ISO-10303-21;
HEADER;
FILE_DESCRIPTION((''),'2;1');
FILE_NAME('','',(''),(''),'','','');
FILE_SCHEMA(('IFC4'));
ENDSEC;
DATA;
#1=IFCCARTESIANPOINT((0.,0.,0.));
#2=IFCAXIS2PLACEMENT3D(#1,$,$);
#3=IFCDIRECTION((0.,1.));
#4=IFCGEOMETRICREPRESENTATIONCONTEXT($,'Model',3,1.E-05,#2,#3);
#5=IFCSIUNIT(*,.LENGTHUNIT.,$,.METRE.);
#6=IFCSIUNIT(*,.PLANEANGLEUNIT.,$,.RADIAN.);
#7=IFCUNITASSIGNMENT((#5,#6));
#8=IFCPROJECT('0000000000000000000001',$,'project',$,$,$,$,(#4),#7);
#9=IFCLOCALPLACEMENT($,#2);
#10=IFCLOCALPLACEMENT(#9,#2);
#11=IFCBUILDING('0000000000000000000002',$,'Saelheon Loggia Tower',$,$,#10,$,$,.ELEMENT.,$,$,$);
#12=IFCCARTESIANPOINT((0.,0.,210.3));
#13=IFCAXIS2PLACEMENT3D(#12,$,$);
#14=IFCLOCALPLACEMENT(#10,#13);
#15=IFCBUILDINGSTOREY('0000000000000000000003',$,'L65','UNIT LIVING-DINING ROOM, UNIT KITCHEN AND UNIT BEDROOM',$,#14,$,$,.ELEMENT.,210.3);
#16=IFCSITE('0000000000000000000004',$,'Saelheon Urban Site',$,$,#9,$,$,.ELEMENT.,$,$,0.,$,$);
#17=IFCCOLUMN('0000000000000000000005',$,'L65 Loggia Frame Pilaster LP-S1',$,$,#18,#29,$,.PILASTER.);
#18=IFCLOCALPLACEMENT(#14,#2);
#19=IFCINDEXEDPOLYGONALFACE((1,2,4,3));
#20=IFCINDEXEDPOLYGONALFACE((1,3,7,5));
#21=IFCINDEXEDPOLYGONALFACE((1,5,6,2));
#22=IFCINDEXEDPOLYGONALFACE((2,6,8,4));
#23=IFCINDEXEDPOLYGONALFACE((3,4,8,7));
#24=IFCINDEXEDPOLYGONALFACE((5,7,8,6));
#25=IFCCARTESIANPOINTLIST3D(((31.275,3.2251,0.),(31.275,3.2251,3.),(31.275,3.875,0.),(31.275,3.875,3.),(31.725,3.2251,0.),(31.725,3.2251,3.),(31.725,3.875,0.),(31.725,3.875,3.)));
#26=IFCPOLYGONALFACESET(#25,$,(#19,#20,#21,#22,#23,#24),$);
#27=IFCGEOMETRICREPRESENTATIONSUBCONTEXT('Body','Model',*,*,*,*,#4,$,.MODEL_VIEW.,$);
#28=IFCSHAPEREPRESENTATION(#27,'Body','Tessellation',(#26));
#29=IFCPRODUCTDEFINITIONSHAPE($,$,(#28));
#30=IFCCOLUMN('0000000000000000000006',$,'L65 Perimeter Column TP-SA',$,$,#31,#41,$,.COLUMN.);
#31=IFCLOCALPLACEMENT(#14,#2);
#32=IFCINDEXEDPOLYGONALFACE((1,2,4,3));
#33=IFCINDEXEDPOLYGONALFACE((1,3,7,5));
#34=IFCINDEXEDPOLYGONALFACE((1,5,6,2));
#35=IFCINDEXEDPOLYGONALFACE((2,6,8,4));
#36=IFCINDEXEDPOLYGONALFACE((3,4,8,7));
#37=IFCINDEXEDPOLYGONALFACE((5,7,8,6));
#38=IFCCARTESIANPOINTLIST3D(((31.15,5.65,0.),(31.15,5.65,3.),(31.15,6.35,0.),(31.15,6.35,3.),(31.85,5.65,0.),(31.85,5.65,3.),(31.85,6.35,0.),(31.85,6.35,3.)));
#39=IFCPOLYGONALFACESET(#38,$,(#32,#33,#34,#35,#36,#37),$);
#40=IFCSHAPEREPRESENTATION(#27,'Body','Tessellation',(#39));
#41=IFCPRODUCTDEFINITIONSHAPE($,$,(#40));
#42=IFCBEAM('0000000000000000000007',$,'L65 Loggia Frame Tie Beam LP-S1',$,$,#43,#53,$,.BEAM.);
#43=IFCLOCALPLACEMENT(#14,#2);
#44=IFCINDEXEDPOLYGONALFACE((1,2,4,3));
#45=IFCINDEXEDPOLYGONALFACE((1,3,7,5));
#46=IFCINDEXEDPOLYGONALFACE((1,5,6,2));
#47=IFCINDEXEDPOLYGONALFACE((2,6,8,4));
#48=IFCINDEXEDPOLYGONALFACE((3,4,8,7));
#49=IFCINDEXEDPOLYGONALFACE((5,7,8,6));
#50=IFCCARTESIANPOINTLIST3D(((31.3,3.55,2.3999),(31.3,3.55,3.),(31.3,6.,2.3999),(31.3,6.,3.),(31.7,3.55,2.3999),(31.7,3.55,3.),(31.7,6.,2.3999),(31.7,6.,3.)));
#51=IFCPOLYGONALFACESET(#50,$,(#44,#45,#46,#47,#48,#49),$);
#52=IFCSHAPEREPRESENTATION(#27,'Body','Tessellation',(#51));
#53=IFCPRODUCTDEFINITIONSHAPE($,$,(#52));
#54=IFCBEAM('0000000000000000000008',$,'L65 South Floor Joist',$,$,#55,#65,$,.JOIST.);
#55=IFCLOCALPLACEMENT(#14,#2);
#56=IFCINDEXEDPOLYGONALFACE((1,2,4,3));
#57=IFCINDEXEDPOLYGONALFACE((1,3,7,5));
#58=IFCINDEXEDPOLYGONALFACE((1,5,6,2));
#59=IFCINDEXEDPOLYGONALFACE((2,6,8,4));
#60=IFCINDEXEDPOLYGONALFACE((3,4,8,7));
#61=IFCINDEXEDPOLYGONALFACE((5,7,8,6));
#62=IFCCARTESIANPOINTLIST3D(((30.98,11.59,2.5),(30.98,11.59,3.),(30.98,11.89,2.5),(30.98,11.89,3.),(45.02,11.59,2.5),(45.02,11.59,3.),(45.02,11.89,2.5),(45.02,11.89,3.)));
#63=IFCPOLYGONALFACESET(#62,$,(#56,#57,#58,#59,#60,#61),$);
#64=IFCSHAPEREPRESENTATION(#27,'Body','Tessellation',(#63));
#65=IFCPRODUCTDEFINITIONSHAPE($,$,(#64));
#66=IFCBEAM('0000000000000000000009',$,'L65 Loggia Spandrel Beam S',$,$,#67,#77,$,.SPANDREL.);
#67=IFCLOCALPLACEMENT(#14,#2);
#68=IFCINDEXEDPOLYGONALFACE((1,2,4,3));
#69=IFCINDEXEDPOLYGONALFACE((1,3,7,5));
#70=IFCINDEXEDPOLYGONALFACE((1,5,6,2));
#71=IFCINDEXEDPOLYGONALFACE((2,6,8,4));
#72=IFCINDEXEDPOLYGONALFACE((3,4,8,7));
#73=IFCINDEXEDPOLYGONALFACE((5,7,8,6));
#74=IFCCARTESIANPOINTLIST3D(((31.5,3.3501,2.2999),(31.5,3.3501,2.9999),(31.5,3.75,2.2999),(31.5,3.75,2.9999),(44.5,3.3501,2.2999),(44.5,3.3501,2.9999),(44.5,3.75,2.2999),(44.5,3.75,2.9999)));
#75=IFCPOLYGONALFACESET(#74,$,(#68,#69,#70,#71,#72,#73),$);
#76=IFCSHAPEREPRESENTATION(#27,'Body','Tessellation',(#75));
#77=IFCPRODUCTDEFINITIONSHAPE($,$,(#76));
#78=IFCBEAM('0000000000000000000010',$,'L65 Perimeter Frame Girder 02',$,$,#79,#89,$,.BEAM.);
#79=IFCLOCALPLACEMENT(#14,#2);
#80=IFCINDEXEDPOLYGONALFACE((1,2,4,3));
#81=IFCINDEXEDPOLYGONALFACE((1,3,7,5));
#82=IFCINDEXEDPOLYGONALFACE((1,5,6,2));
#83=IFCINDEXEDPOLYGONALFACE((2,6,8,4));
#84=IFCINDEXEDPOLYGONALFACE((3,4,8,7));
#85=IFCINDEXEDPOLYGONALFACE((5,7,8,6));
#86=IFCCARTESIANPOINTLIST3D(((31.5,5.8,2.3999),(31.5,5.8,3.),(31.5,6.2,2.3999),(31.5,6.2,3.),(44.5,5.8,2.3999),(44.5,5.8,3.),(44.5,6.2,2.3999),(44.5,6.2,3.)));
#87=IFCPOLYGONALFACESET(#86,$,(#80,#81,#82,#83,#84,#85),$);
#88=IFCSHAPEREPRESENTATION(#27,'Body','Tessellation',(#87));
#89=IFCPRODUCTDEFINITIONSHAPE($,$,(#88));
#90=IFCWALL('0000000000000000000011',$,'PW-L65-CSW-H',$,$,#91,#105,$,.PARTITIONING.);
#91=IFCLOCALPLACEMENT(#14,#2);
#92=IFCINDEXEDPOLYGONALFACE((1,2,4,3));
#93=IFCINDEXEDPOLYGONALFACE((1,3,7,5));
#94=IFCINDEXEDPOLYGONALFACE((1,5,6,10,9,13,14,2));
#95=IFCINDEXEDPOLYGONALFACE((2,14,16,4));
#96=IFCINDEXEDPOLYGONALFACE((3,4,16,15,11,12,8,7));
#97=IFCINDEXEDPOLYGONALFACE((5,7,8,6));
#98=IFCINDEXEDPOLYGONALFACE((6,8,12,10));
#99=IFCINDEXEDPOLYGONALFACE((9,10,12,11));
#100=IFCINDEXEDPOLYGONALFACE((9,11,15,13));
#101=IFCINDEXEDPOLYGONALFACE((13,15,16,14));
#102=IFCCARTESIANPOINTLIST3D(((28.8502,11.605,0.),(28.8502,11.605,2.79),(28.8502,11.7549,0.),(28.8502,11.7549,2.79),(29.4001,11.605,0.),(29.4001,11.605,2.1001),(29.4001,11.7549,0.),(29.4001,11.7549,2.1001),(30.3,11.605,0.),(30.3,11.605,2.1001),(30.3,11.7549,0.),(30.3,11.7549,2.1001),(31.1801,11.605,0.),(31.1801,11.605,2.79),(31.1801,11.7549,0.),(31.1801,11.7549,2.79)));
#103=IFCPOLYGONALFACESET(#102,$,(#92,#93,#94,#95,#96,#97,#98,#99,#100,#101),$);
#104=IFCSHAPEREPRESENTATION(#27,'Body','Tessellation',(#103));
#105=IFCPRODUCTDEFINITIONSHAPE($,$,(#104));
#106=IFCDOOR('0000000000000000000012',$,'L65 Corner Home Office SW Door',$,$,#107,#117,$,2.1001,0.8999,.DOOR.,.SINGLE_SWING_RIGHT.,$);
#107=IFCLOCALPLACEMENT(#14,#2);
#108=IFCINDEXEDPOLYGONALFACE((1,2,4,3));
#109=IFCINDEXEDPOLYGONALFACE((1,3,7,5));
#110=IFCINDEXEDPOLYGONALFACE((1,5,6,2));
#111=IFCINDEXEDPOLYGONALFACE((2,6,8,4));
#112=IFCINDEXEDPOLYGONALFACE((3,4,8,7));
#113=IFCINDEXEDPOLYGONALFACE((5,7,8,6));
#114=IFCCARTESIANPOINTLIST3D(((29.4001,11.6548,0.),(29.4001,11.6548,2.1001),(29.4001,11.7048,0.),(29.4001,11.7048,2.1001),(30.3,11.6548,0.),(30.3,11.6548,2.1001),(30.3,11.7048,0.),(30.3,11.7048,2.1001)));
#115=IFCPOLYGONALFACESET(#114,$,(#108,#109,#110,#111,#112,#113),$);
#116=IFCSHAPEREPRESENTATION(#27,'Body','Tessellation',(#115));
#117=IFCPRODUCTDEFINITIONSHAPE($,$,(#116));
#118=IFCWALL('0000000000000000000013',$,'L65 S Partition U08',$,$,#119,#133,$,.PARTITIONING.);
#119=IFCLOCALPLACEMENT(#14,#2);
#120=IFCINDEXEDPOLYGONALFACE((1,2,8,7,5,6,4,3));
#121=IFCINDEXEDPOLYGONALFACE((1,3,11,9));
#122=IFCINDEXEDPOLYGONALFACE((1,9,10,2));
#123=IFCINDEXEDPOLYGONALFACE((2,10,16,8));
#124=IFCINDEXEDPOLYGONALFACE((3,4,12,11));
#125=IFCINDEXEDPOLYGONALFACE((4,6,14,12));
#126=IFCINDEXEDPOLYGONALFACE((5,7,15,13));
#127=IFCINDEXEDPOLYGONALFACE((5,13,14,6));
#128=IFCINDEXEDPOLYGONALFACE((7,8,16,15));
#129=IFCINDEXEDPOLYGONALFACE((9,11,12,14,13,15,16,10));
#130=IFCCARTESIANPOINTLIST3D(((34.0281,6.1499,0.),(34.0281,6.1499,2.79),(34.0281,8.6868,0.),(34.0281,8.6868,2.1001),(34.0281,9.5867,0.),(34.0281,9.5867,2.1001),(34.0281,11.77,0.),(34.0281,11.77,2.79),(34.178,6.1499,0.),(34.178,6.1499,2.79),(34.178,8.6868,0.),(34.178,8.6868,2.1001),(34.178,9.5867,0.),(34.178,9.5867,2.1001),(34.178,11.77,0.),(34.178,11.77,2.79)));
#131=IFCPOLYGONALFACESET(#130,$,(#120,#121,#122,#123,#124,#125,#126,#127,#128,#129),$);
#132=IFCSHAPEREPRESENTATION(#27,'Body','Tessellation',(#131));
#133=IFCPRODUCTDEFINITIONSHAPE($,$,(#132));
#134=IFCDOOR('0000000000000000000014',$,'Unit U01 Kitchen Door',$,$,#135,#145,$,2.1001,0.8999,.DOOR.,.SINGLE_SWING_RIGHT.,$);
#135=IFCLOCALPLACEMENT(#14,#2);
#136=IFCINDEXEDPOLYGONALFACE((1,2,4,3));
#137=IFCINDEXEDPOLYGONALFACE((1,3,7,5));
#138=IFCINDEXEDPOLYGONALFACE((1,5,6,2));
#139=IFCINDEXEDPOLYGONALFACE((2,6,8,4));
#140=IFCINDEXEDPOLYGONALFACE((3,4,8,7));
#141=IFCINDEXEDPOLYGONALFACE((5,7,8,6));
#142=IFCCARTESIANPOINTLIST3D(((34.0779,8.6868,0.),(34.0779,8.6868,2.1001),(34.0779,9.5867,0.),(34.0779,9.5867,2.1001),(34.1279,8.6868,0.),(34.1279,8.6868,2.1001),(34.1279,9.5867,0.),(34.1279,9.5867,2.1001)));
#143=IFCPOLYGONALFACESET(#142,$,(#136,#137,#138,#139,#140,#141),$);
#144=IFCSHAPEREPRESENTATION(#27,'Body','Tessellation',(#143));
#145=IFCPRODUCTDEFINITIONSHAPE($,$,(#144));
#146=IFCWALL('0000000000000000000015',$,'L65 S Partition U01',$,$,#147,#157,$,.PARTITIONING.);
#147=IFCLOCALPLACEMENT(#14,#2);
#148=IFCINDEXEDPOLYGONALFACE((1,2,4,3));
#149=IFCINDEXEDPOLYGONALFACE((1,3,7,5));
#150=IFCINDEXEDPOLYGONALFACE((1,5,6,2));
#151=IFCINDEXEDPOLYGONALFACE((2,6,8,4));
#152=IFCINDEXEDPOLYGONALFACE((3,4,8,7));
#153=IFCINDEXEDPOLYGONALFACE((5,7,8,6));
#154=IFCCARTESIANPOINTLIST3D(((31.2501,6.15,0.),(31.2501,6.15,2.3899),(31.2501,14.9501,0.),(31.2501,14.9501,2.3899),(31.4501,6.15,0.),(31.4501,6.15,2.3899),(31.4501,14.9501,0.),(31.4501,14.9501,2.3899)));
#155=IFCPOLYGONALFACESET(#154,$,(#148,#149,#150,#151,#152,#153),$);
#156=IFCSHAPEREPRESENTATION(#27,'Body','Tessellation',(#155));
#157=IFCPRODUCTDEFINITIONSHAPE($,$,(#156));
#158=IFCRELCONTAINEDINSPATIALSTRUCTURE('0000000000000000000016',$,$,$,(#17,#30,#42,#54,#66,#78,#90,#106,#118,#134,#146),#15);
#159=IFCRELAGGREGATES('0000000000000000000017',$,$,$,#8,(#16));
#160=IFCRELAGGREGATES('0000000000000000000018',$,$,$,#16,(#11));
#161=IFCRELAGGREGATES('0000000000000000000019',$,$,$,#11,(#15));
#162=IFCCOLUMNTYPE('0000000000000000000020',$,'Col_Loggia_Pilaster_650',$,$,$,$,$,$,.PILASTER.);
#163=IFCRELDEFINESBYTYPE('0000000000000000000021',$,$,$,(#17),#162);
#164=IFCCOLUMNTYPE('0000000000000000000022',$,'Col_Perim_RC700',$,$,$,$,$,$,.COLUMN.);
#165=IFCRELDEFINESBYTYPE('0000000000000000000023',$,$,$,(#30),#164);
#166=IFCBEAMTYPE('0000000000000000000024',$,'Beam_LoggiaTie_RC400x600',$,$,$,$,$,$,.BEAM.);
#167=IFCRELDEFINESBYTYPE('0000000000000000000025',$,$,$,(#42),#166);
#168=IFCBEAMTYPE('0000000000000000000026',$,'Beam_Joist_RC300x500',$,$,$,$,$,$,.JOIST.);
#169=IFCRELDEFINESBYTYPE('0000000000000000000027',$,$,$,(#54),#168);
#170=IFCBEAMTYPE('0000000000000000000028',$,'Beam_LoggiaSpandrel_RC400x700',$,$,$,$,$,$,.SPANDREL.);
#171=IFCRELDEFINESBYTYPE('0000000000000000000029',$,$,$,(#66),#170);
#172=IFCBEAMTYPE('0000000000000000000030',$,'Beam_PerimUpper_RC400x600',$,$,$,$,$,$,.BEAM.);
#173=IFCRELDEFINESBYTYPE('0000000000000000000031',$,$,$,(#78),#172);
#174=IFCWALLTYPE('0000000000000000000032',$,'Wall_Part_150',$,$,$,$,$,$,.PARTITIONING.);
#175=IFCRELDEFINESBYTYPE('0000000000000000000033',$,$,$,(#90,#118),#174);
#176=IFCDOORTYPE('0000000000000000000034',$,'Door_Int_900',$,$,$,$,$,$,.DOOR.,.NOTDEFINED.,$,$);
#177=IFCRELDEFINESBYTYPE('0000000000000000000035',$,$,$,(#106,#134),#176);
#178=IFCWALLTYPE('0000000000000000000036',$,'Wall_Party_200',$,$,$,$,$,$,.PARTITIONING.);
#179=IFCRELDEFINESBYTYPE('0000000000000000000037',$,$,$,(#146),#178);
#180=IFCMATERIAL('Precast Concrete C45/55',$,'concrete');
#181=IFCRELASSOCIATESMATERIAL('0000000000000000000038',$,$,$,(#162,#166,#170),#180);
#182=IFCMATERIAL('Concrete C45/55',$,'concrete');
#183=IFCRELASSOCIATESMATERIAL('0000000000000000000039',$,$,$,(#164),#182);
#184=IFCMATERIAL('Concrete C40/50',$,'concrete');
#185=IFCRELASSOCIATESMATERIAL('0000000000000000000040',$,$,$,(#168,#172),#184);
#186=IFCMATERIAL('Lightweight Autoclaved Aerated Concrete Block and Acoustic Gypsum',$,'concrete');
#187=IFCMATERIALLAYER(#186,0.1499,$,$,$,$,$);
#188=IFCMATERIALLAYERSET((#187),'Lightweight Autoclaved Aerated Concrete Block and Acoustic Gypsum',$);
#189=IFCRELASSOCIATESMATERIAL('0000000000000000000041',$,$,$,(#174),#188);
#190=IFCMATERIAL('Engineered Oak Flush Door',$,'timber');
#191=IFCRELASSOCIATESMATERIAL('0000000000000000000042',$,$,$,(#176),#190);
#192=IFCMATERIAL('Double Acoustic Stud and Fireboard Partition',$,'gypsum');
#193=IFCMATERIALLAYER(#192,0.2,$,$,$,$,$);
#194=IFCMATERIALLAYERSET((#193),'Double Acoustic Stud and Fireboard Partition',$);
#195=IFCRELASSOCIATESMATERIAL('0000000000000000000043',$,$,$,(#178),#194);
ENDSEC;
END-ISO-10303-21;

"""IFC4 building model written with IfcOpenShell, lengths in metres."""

from ifc_helpers import new_model, si_unit, direction, frame, frame_2d, origin, origin_2d, place, context, subcontext, project, spatial, rectangle, extrude, source, transform, mapped, material, layer, layer_set, material_profile, profile_set, type_object, element, fill, save


model = new_model("IFC4")

# Units and contexts
model_context = context("Model", 3, precision=1e-05, world=origin(), true_north=direction((0.0, 1.0)))
body_context = subcontext(model_context, "Body", "Model", "MODEL_VIEW")
ifc_project = project(units=[si_unit("LENGTHUNIT", "METRE"), si_unit("PLANEANGLEUNIT", "RADIAN")], contexts=[model_context])

# Site, building, storey
site_placement = place(None, origin())
site = spatial("IfcSite", under=ifc_project, at=site_placement, Name="Saelheon Urban Site", CompositionType="ELEMENT", RefElevation=0.0)
building_placement = place(site_placement, origin())
building = spatial("IfcBuilding", under=site, at=building_placement, Name="Saelheon Loggia Tower", CompositionType="ELEMENT")
storey_placement = place(building_placement, frame((0.0, 0.0, 210.3)))
storey = spatial("IfcBuildingStorey", under=building, at=storey_placement, Name="L65", Description="UNIT LIVING-DINING ROOM, UNIT KITCHEN AND UNIT BEDROOM", CompositionType="ELEMENT", Elevation=210.3)

# Columns
ifc_material_1 = material(Name="Precast Concrete C45/55", Category="concrete")
ifc_material_profile_1 = material_profile(ifc_material_1, rectangle(XDim=0.45, YDim=0.6499, at=origin_2d()), Name="RC-450x650")
ifc_profile_set_1 = profile_set([ifc_material_profile_1], Name="Precast Concrete C45/55")
column_type_1 = type_object("IfcColumnType", Name="Col_Loggia_Pilaster_650", PredefinedType="PILASTER", material=ifc_profile_set_1)
shared_shape_1 = source(origin(), body_context, "Body", "SweptSolid", [
    extrude(rectangle(XDim=0.45, YDim=0.6499, at=origin_2d()), origin(), (0.0, 0.0, 1.0), 3.0),
])
column_1_placement = place(storey_placement, frame((31.5, 3.55, 0.0), z_axis=(0.0, 0.0, 1.0), x_axis=(1.0, 0.0, 0.0)))
element("IfcColumn", 1, at=column_1_placement, inside=storey, type_object=column_type_1, Name="L65 Loggia Frame Pilaster LP-S1", PredefinedType="PILASTER", context=body_context, shape_type="MappedRepresentation", body=[
    mapped(shared_shape_1, transform((0.0, 0.0, 0.0), scale=1.0)),
])
ifc_material_2 = material(Name="Concrete C45/55", Category="concrete")
ifc_material_profile_2 = material_profile(ifc_material_2, rectangle(XDim=0.7, YDim=0.7, at=origin_2d()), Name="RC-700x700")
ifc_profile_set_2 = profile_set([ifc_material_profile_2], Name="Concrete C45/55")
column_type_2 = type_object("IfcColumnType", Name="Col_Perim_RC700", PredefinedType="COLUMN", material=ifc_profile_set_2)
shared_shape_2 = source(origin(), body_context, "Body", "SweptSolid", [
    extrude(rectangle(XDim=0.7, YDim=0.7, at=origin_2d()), origin(), (0.0, 0.0, 1.0), 3.0),
])
column_2_placement = place(storey_placement, frame((31.5, 6.0, 0.0), z_axis=(0.0, 0.0, 1.0), x_axis=(1.0, 0.0, 0.0)))
element("IfcColumn", 2, at=column_2_placement, inside=storey, type_object=column_type_2, Name="L65 Perimeter Column TP-SA", PredefinedType="COLUMN", context=body_context, shape_type="MappedRepresentation", body=[
    mapped(shared_shape_2, transform((0.0, 0.0, 0.0), scale=1.0)),
])

# Beams
ifc_material_profile_3 = material_profile(ifc_material_1, rectangle(XDim=0.3999, YDim=0.6001, at=origin_2d()), Name="RC-400x600")
ifc_profile_set_3 = profile_set([ifc_material_profile_3], Name="Precast Concrete C45/55")
beam_type_1 = type_object("IfcBeamType", Name="Beam_LoggiaTie_RC400x600", PredefinedType="BEAM", material=ifc_profile_set_3)
shared_shape_3 = source(origin(), body_context, "Body", "SweptSolid", [
    extrude(rectangle(XDim=0.3999, YDim=0.6001, at=origin_2d()), origin(), (0.0, 0.0, 1.0), 2.45),
])
beam_1_placement = place(storey_placement, frame((31.5, 6.0, 2.7), z_axis=(0.0, -1.0, 0.0), x_axis=(1.0, 0.0, 0.0)))
element("IfcBeam", 3, at=beam_1_placement, inside=storey, type_object=beam_type_1, Name="L65 Loggia Frame Tie Beam LP-S1", PredefinedType="BEAM", context=body_context, shape_type="MappedRepresentation", body=[
    mapped(shared_shape_3, transform((0.0, 0.0, 0.0), scale=1.0)),
])
ifc_material_3 = material(Name="Concrete C40/50", Category="concrete")
ifc_material_profile_4 = material_profile(ifc_material_3, rectangle(XDim=0.3, YDim=0.5, at=origin_2d()), Name="RC-300x500")
ifc_profile_set_4 = profile_set([ifc_material_profile_4], Name="Concrete C40/50")
beam_type_2 = type_object("IfcBeamType", Name="Beam_Joist_RC300x500", PredefinedType="JOIST", material=ifc_profile_set_4)
shared_shape_4 = source(origin(), body_context, "Body", "SweptSolid", [
    extrude(rectangle(XDim=0.3, YDim=0.5, at=origin_2d()), origin(), (0.0, 0.0, 1.0), 14.04),
])
beam_2_placement = place(storey_placement, frame((30.98, 11.74, 2.75), z_axis=(1.0, 0.0, 0.0), x_axis=(0.0, 1.0, 0.0)))
element("IfcBeam", 4, at=beam_2_placement, inside=storey, type_object=beam_type_2, Name="L65 South Floor Joist", PredefinedType="JOIST", context=body_context, shape_type="MappedRepresentation", body=[
    mapped(shared_shape_4, transform((0.0, 0.0, 0.0), scale=1.0)),
])
ifc_material_profile_5 = material_profile(ifc_material_1, rectangle(XDim=0.3999, YDim=0.7, at=origin_2d()), Name="RC-400x700")
ifc_profile_set_5 = profile_set([ifc_material_profile_5], Name="Precast Concrete C45/55")
beam_type_3 = type_object("IfcBeamType", Name="Beam_LoggiaSpandrel_RC400x700", PredefinedType="SPANDREL", material=ifc_profile_set_5)
shared_shape_5 = source(origin(), body_context, "Body", "SweptSolid", [
    extrude(rectangle(XDim=0.3999, YDim=0.7, at=origin_2d()), origin(), (0.0, 0.0, 1.0), 13.0),
])
beam_3_placement = place(storey_placement, frame((31.5, 3.55, 2.6499), z_axis=(1.0, 0.0, 0.0), x_axis=(0.0, 1.0, 0.0)))
element("IfcBeam", 5, at=beam_3_placement, inside=storey, type_object=beam_type_3, Name="L65 Loggia Spandrel Beam S", PredefinedType="SPANDREL", context=body_context, shape_type="MappedRepresentation", body=[
    mapped(shared_shape_5, transform((0.0, 0.0, 0.0), scale=1.0)),
])
ifc_material_profile_6 = material_profile(ifc_material_3, rectangle(XDim=0.3999, YDim=0.6001, at=origin_2d()), Name="RC-400x600")
ifc_profile_set_6 = profile_set([ifc_material_profile_6], Name="Concrete C40/50")
beam_type_4 = type_object("IfcBeamType", Name="Beam_PerimUpper_RC400x600", PredefinedType="BEAM", material=ifc_profile_set_6)
shared_shape_6 = source(origin(), body_context, "Body", "SweptSolid", [
    extrude(rectangle(XDim=0.3999, YDim=0.6001, at=origin_2d()), origin(), (0.0, 0.0, 1.0), 13.0),
])
beam_4_placement = place(storey_placement, frame((31.5, 6.0, 2.7), z_axis=(1.0, 0.0, 0.0), x_axis=(0.0, 1.0, 0.0)))
element("IfcBeam", 6, at=beam_4_placement, inside=storey, type_object=beam_type_4, Name="L65 Perimeter Frame Girder 02", PredefinedType="BEAM", context=body_context, shape_type="MappedRepresentation", body=[
    mapped(shared_shape_6, transform((0.0, 0.0, 0.0), scale=1.0)),
])

# Walls, openings, doors
ifc_material_4 = material(Name="Lightweight Autoclaved Aerated Concrete Block and Acoustic Gypsum", Category="concrete")
ifc_layer_1 = layer(ifc_material_4, 0.1499)
ifc_layer_set_1 = layer_set([ifc_layer_1], Name="Lightweight Autoclaved Aerated Concrete Block and Acoustic Gypsum")
wall_type_1 = type_object("IfcWallType", Name="Wall_Part_150", PredefinedType="PARTITIONING", material=ifc_layer_set_1)
wall_1_placement = place(storey_placement, frame((28.8501, 11.6799, 0.0), z_axis=(0.0, 0.0, 1.0), x_axis=(1.0, 0.0, 0.0)))
wall_1 = element("IfcWall", 7, at=wall_1_placement, inside=storey, type_object=wall_type_1, Name="PW-L65-CSW-H", PredefinedType="PARTITIONING", context=body_context, shape_type="SweptSolid", body=[
    extrude(rectangle(XDim=2.3298, YDim=0.1499, at=frame_2d((1.165, 0.0))), origin(), (0.0, 0.0, 1.0), 2.79),
])
opening_1_placement = place(wall_1_placement, frame((0.55, 0.0, 0.0)))
opening_1 = element("IfcOpeningElement", 8, at=opening_1_placement, cuts=wall_1, PredefinedType="OPENING", context=body_context, shape_type="SweptSolid", body=[
    extrude(rectangle(XDim=0.8999, YDim=2.1001, at=frame_2d((0.45, 1.05))), frame((0.0, 0.0869, 0.0), z_axis=(0.0, -1.0, 0.0), x_axis=(1.0, 0.0, 0.0)), (0.0, 0.0, 1.0), 0.1738),
])
ifc_material_5 = material(Name="Engineered Oak Flush Door", Category="timber")
door_type_1 = type_object("IfcDoorType", Name="Door_Int_900", OperationType="NOTDEFINED", PredefinedType="DOOR", material=ifc_material_5)
shared_shape_7 = source(origin(), body_context, "Body", "SweptSolid", [
    extrude(rectangle(XDim=0.8999, YDim=2.1001, at=frame_2d((0.45, 1.05))), frame((0.0, 0.0249, 0.0), z_axis=(0.0, -1.0, 0.0), x_axis=(1.0, 0.0, 0.0)), (0.0, 0.0, 1.0), 0.05),
])
door_1_placement = place(opening_1_placement, origin())
door_1 = element("IfcDoor", 9, at=door_1_placement, inside=storey, type_object=door_type_1, Name="L65 Corner Home Office SW Door", OperationType="SINGLE_SWING_RIGHT", OverallHeight=2.1001, OverallWidth=0.8999, PredefinedType="DOOR", context=body_context, shape_type="MappedRepresentation", body=[
    mapped(shared_shape_7, transform((0.0, 0.0, 0.0), scale=1.0)),
])
fill(opening_1, door_1)
wall_2_placement = place(storey_placement, frame((34.103, 11.77, 0.0), z_axis=(0.0, 0.0, 1.0), x_axis=(0.0, -1.0, 0.0)))
wall_2 = element("IfcWall", 10, at=wall_2_placement, inside=storey, type_object=wall_type_1, Name="L65 S Partition U08", PredefinedType="PARTITIONING", context=body_context, shape_type="SweptSolid", body=[
    extrude(rectangle(XDim=5.6201, YDim=0.1499, at=frame_2d((2.8101, 0.0))), origin(), (0.0, 0.0, 1.0), 2.79),
])
opening_2_placement = place(wall_2_placement, frame((2.1833, 0.0, 0.0)))
opening_2 = element("IfcOpeningElement", 11, at=opening_2_placement, cuts=wall_2, PredefinedType="OPENING", context=body_context, shape_type="SweptSolid", body=[
    extrude(rectangle(XDim=0.8999, YDim=2.1001, at=frame_2d((0.45, 1.05))), frame((0.0, 0.0869, 0.0), z_axis=(0.0, -1.0, 0.0), x_axis=(1.0, 0.0, 0.0)), (0.0, 0.0, 1.0), 0.1738),
])
door_2_placement = place(opening_2_placement, origin())
door_2 = element("IfcDoor", 12, at=door_2_placement, inside=storey, type_object=door_type_1, Name="Unit U01 Kitchen Door", OperationType="SINGLE_SWING_RIGHT", OverallHeight=2.1001, OverallWidth=0.8999, PredefinedType="DOOR", context=body_context, shape_type="MappedRepresentation", body=[
    mapped(shared_shape_7, transform((0.0, 0.0, 0.0), scale=1.0)),
])
fill(opening_2, door_2)

# Wall
ifc_material_6 = material(Name="Double Acoustic Stud and Fireboard Partition", Category="gypsum")
ifc_layer_2 = layer(ifc_material_6, 0.2)
ifc_layer_set_2 = layer_set([ifc_layer_2], Name="Double Acoustic Stud and Fireboard Partition")
wall_type_2 = type_object("IfcWallType", Name="Wall_Party_200", PredefinedType="PARTITIONING", material=ifc_layer_set_2)
wall_3_placement = place(storey_placement, frame((31.3501, 14.95, 0.0), z_axis=(0.0, 0.0, 1.0), x_axis=(0.0, -1.0, 0.0)))
element("IfcWall", 13, at=wall_3_placement, inside=storey, type_object=wall_type_2, Name="L65 S Partition U01", PredefinedType="PARTITIONING", context=body_context, shape_type="SweptSolid", body=[
    extrude(rectangle(XDim=8.8, YDim=0.2, at=frame_2d((4.3999, 0.0))), origin(), (0.0, 0.0, 1.0), 2.3899),
])

save(model, "model.ifc")
